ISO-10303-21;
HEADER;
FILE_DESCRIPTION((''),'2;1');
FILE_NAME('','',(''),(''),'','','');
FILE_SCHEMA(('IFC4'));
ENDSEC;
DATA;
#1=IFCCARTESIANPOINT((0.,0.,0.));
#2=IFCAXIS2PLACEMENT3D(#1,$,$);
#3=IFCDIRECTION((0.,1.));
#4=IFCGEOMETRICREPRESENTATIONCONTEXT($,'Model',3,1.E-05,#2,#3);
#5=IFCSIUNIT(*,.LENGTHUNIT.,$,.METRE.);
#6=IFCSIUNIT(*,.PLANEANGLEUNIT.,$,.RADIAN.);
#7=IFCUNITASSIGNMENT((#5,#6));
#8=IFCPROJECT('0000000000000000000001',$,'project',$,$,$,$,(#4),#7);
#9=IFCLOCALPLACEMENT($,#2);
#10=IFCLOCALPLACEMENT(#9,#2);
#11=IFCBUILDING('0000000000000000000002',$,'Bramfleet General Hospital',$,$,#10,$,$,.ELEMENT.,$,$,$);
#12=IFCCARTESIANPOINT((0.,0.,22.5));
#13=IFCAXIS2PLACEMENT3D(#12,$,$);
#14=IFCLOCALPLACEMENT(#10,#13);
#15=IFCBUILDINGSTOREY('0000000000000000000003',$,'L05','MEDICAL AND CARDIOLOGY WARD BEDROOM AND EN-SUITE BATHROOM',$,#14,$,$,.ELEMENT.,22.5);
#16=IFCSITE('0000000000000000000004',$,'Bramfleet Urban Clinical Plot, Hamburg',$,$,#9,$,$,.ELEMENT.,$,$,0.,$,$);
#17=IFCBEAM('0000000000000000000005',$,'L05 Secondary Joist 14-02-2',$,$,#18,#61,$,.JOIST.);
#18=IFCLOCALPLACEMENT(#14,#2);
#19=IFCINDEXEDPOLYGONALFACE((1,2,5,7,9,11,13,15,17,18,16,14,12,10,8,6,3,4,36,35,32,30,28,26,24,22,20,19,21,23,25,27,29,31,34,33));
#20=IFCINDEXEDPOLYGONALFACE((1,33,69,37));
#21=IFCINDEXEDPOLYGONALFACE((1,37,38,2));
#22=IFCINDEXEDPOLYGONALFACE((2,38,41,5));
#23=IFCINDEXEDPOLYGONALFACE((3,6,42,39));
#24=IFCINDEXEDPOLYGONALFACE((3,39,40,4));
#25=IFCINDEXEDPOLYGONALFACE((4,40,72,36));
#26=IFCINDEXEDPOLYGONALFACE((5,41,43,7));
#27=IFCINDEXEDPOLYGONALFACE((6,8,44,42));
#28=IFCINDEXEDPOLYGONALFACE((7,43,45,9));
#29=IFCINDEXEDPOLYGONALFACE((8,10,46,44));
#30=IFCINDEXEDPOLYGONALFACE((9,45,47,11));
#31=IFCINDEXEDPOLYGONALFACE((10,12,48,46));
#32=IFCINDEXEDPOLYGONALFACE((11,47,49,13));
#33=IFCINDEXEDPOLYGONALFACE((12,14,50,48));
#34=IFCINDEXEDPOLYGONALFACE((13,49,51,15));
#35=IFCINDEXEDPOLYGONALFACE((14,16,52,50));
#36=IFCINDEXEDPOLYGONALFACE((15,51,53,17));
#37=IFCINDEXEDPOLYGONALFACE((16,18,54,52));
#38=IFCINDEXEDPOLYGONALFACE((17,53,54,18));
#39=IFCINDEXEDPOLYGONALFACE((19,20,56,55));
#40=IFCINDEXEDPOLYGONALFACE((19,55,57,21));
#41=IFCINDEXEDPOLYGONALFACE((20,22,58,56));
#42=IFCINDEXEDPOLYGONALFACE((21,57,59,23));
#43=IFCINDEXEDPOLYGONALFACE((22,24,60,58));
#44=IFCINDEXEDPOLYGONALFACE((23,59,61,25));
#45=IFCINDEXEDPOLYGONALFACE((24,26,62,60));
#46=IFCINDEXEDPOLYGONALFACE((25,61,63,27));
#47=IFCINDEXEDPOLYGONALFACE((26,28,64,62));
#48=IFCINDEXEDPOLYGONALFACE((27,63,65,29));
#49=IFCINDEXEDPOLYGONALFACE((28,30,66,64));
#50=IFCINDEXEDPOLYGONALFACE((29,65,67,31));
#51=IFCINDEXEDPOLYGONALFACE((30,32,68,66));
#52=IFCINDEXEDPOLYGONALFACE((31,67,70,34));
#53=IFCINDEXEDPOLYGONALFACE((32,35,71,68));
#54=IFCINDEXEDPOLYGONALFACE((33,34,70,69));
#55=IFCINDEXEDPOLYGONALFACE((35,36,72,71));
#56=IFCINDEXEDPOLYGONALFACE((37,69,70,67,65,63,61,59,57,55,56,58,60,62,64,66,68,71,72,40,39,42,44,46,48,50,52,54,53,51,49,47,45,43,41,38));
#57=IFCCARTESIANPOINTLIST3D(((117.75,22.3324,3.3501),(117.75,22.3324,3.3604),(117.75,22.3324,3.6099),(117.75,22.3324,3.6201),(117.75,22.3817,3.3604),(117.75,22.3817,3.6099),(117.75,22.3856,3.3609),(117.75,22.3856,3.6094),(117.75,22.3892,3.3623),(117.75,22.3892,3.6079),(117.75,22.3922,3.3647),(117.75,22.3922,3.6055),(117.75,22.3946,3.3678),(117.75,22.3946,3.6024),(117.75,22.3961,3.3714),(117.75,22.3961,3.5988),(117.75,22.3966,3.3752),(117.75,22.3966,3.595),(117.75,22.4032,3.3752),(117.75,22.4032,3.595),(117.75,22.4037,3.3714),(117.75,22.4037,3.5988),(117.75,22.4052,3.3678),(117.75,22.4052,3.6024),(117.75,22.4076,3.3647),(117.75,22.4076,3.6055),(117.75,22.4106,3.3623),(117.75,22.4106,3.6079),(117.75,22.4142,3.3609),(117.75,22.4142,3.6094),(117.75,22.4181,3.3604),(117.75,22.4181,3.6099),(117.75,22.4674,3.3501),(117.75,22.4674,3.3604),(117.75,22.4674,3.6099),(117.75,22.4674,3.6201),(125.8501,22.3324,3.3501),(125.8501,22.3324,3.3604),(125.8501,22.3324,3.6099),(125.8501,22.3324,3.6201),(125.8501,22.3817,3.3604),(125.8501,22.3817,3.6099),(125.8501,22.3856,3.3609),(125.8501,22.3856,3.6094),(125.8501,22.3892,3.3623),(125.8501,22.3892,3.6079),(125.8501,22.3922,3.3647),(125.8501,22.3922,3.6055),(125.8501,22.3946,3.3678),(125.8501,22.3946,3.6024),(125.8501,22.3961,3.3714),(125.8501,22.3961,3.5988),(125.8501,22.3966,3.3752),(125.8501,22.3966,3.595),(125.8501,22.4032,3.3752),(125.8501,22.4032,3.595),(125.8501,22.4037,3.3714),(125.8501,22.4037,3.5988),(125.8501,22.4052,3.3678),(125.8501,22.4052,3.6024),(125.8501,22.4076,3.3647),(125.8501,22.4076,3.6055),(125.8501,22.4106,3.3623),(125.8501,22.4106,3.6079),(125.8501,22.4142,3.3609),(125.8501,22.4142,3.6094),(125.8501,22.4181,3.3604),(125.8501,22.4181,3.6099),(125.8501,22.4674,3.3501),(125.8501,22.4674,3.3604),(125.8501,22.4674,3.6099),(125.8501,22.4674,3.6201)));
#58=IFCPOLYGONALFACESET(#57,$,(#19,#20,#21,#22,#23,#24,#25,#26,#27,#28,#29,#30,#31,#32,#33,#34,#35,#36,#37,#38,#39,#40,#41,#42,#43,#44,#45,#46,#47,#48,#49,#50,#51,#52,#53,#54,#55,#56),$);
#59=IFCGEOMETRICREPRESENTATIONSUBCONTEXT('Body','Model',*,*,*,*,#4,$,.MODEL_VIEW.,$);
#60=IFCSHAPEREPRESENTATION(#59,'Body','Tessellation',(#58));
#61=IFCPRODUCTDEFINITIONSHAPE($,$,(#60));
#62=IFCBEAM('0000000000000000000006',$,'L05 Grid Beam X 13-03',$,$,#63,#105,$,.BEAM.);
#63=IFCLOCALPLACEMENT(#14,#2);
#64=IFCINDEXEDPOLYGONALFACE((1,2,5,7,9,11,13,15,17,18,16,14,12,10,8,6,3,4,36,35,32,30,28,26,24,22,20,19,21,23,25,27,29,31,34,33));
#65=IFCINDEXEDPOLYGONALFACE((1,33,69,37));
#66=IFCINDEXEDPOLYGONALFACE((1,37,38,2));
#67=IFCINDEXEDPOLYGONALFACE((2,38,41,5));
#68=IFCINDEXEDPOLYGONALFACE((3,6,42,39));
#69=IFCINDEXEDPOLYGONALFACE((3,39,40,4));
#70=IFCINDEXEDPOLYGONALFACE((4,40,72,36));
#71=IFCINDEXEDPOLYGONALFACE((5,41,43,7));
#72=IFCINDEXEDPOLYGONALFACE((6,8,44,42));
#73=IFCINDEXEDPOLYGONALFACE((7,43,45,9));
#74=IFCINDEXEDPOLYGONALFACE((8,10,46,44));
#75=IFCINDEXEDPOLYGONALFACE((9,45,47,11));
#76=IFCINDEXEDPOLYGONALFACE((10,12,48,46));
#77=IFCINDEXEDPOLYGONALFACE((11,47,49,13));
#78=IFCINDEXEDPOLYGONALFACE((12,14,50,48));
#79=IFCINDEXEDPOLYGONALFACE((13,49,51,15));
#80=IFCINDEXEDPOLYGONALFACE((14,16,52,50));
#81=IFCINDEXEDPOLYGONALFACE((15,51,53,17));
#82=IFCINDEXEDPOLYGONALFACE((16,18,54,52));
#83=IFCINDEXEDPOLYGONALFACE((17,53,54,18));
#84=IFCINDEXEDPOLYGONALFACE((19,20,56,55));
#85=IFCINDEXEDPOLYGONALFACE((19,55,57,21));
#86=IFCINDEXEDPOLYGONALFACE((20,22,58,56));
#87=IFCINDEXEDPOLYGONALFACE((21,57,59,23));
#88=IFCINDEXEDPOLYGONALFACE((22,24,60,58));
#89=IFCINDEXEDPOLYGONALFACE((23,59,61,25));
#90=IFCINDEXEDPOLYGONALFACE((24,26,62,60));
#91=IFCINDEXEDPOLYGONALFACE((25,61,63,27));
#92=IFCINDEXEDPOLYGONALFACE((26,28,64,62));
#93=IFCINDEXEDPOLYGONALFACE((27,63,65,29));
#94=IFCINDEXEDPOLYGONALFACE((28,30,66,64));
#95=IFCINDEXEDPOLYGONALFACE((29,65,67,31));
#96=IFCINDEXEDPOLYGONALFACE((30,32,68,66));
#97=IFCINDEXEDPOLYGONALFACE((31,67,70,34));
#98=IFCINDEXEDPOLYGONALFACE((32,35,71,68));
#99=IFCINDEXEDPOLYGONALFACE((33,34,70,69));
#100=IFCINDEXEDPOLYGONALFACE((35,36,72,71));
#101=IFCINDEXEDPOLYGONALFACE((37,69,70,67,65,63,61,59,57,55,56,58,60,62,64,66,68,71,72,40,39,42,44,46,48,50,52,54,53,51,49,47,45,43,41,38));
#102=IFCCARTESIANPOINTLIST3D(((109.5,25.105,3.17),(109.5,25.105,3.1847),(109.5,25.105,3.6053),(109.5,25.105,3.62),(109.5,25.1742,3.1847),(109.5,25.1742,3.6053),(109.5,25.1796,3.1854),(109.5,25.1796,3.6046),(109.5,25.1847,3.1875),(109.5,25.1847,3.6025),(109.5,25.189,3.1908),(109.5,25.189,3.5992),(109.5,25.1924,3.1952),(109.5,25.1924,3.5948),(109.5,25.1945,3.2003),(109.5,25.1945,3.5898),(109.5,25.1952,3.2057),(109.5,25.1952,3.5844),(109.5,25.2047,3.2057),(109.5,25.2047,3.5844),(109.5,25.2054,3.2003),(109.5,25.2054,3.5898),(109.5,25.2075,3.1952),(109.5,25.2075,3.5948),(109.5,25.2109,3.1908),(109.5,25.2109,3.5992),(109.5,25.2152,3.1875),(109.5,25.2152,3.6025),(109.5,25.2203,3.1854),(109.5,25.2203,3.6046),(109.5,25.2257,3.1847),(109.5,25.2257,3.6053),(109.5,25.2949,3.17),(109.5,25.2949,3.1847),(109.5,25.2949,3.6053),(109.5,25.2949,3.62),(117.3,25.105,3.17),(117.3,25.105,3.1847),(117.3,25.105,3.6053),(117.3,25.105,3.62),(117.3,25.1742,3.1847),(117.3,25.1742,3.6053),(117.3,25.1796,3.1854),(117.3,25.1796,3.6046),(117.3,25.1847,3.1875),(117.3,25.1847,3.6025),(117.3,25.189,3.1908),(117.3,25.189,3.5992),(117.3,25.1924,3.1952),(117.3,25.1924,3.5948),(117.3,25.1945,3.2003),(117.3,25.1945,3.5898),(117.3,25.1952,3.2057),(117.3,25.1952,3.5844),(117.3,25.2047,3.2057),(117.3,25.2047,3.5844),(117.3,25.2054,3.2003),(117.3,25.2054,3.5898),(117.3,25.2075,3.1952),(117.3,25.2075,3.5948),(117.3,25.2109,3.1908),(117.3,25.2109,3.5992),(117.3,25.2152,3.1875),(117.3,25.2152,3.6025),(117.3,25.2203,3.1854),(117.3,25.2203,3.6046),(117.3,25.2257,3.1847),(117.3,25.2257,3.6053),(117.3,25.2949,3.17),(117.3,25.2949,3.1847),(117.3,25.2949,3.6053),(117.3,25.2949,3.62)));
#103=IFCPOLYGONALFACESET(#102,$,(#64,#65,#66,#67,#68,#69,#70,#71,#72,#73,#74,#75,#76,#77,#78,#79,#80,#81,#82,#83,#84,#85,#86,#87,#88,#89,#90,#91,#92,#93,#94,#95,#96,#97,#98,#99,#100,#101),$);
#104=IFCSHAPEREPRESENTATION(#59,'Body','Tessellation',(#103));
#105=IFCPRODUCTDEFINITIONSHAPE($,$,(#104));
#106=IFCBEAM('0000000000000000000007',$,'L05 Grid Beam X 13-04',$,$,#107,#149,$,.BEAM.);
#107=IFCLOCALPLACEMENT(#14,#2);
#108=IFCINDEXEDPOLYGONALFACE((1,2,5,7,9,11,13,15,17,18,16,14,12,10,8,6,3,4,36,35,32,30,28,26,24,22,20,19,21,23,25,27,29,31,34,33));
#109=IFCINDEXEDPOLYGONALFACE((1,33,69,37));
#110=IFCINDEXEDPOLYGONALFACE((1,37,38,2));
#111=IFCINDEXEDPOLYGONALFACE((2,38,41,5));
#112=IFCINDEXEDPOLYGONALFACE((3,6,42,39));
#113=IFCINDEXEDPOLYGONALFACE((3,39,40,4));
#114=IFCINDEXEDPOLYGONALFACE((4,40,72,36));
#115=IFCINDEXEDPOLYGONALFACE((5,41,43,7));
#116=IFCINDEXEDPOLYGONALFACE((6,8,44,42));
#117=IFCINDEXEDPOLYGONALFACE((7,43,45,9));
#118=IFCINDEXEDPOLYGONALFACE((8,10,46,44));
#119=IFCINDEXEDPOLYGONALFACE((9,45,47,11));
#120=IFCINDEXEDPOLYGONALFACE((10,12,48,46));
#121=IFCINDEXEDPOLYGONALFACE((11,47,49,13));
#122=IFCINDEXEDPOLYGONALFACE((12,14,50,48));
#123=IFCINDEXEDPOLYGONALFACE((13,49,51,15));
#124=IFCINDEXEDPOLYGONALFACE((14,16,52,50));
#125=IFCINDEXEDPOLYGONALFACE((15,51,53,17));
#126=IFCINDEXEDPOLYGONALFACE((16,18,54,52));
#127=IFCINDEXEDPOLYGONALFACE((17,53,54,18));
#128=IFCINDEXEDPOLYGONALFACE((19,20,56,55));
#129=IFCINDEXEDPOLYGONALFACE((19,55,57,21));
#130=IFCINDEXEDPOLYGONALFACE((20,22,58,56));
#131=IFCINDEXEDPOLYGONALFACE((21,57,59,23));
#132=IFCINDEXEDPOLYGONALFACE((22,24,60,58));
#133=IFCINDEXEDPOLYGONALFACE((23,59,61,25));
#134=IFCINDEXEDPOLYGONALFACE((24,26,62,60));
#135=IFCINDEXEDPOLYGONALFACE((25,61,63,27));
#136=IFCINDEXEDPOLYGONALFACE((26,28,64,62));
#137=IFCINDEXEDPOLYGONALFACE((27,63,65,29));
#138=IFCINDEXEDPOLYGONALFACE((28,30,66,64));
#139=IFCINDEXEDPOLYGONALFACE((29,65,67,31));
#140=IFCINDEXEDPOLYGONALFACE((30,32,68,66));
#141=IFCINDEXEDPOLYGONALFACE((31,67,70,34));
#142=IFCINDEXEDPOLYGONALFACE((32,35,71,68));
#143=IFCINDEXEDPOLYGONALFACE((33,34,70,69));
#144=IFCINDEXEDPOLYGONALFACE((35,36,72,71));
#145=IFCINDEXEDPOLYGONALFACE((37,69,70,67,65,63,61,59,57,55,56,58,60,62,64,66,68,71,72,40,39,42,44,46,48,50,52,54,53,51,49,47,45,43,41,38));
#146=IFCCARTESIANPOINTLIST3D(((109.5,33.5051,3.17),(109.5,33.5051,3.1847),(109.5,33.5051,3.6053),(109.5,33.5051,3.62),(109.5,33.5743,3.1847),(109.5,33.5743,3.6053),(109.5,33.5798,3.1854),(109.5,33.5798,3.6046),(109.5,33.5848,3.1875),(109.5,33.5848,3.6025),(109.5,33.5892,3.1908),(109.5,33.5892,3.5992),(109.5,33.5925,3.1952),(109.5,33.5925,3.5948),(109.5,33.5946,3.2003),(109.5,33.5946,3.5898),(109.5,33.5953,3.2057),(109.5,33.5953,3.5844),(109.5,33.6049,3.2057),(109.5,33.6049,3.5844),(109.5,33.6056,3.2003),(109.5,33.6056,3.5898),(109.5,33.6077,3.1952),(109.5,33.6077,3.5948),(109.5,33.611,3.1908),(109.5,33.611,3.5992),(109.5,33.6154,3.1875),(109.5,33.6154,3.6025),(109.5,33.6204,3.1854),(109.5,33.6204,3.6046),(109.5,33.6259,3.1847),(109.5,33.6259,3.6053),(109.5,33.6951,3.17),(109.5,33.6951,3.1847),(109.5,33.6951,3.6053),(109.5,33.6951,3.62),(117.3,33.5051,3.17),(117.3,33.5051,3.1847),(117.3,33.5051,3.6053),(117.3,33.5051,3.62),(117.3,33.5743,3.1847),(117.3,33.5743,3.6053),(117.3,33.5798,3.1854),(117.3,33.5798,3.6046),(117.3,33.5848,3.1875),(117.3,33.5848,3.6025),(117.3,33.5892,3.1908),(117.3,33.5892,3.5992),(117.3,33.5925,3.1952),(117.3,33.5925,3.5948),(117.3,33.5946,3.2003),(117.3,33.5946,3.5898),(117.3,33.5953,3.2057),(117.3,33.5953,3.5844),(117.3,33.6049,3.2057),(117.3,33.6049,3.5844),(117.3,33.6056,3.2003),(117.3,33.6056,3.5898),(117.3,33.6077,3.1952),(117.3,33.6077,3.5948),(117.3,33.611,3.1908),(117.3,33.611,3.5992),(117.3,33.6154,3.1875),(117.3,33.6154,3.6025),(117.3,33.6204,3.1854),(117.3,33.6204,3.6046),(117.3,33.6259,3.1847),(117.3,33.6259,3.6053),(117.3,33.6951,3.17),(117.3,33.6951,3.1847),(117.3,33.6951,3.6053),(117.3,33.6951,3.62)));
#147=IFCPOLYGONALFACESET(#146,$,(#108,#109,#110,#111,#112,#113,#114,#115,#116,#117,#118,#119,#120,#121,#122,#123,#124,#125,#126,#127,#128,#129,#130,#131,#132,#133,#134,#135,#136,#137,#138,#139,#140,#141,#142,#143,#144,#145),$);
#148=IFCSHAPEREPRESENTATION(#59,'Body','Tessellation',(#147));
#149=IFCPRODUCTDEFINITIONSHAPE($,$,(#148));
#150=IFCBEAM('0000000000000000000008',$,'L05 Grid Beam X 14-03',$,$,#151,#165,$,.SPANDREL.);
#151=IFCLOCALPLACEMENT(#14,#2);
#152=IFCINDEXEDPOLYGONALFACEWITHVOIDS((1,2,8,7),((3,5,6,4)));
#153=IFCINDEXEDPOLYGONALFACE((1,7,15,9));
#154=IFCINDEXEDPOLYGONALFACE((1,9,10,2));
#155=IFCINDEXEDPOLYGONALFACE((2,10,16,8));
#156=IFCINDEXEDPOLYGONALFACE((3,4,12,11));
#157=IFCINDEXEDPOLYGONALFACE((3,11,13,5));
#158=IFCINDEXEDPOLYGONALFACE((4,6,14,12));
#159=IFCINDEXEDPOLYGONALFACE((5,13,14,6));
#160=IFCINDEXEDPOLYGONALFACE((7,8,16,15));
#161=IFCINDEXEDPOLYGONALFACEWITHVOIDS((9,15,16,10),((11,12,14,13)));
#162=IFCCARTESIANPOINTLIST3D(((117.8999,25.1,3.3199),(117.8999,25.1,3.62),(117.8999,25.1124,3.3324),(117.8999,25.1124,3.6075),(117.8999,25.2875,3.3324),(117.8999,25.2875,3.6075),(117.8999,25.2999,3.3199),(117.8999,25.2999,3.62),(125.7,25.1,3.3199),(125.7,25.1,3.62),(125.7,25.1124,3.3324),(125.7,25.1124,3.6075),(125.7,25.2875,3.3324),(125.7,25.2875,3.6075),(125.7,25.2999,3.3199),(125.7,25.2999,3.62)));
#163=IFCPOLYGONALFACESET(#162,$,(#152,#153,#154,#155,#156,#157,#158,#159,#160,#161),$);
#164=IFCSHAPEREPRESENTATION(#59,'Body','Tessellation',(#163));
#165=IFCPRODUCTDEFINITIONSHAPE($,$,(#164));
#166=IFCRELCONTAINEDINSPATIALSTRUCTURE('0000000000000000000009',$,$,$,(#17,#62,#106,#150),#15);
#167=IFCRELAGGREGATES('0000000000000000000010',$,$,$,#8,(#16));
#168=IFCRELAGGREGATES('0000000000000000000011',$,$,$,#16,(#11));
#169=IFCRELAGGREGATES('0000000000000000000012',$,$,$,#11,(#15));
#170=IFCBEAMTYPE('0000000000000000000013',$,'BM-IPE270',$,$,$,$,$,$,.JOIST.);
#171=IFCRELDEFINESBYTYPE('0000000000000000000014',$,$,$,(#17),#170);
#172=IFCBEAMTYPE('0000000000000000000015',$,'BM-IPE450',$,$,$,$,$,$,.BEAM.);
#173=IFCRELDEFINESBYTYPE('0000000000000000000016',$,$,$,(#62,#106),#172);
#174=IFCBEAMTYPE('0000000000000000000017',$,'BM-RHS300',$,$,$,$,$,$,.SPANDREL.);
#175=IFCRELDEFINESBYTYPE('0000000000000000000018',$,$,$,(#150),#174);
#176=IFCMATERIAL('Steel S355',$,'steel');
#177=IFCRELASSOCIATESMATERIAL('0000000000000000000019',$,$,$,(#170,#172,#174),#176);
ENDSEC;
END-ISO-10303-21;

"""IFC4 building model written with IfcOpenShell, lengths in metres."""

from ifc_helpers import new_model, si_unit, direction, frame, origin, origin_2d, place, context, subcontext, project, spatial, hollow_rectangle, i_section, extrude, material, material_profile, profile_set, type_object, element, save


model = new_model("IFC4")

# Units and contexts
model_context = context("Model", 3, precision=1e-05, world=origin(), true_north=direction((0.0, 1.0)))
body_context = subcontext(model_context, "Body", "Model", "MODEL_VIEW")
ifc_project = project(units=[si_unit("LENGTHUNIT", "METRE"), si_unit("PLANEANGLEUNIT", "RADIAN")], contexts=[model_context])

# Site, building, storey
site_placement = place(None, origin())
site = spatial("IfcSite", under=ifc_project, at=site_placement, Name="Bramfleet Urban Clinical Plot, Hamburg", CompositionType="ELEMENT", RefElevation=0.0)
building_placement = place(site_placement, origin())
building = spatial("IfcBuilding", under=site, at=building_placement, Name="Bramfleet General Hospital", CompositionType="ELEMENT")
storey_placement = place(building_placement, frame((0.0, 0.0, 22.5)))
storey = spatial("IfcBuildingStorey", under=building, at=storey_placement, Name="L05", Description="MEDICAL AND CARDIOLOGY WARD BEDROOM AND EN-SUITE BATHROOM", CompositionType="ELEMENT", Elevation=22.5)

# Beams
ifc_material_1 = material(Name="Steel S355", Category="steel")
ifc_material_profile_1 = material_profile(ifc_material_1, i_section(OverallWidth=0.135, OverallDepth=0.27, WebThickness=0.0066, FlangeThickness=0.0103, FilletRadius=0.0149, at=origin_2d()), Name="IPE 270")
ifc_profile_set_1 = profile_set([ifc_material_profile_1], Name="Steel S355")
beam_type_1 = type_object("IfcBeamType", Name="BM-IPE270", PredefinedType="JOIST", material=ifc_profile_set_1)
for number, where, z_axis, x_axis, name in (
    (1, (117.75, 22.3999, 3.4851), (1.0, 0.0, 0.0), (0.0, 1.0, 0.0), "L05 Secondary Joist 14-02-2"),
):
    element("IfcBeam", number, at=place(storey_placement, frame(where, z_axis=z_axis, x_axis=x_axis)), inside=storey, type_object=beam_type_1, Name=name, PredefinedType="JOIST", context=body_context, shape_type="SweptSolid", body=[
        extrude(i_section(OverallWidth=0.135, OverallDepth=0.27, WebThickness=0.0066, FlangeThickness=0.0103, FilletRadius=0.0149, at=origin_2d()), origin(), (0.0, 0.0, 1.0), 8.1001),
    ])
ifc_material_profile_2 = material_profile(ifc_material_1, i_section(OverallWidth=0.1899, OverallDepth=0.45, WebThickness=0.0095, FlangeThickness=0.0146, FilletRadius=0.021, at=origin_2d()), Name="IPE 450")
ifc_profile_set_2 = profile_set([ifc_material_profile_2], Name="Steel S355")
beam_type_2 = type_object("IfcBeamType", Name="BM-IPE450", PredefinedType="BEAM", material=ifc_profile_set_2)
for number, where, z_axis, x_axis, name in (
    (2, (109.5, 25.2, 3.395), (1.0, 0.0, 0.0), (0.0, 1.0, 0.0), "L05 Grid Beam X 13-03"),
    (3, (109.5, 33.6001, 3.395), (1.0, 0.0, 0.0), (0.0, 1.0, 0.0), "L05 Grid Beam X 13-04"),
):
    element("IfcBeam", number, at=place(storey_placement, frame(where, z_axis=z_axis, x_axis=x_axis)), inside=storey, type_object=beam_type_2, Name=name, PredefinedType="BEAM", context=body_context, shape_type="SweptSolid", body=[
        extrude(i_section(OverallWidth=0.1899, OverallDepth=0.45, WebThickness=0.0095, FlangeThickness=0.0146, FilletRadius=0.021, at=origin_2d()), origin(), (0.0, 0.0, 1.0), 7.8),
    ])
ifc_material_profile_3 = material_profile(ifc_material_1, hollow_rectangle(XDim=0.2, YDim=0.3, WallThickness=0.0125, at=origin_2d()), Name="RHS 300x200x12.5")
ifc_profile_set_3 = profile_set([ifc_material_profile_3], Name="Steel S355")
beam_type_3 = type_object("IfcBeamType", Name="BM-RHS300", PredefinedType="SPANDREL", material=ifc_profile_set_3)
beam_1_placement = place(storey_placement, frame((117.8999, 25.2, 3.47), z_axis=(1.0, 0.0, 0.0), x_axis=(0.0, 1.0, 0.0)))
element("IfcBeam", 4, at=beam_1_placement, inside=storey, type_object=beam_type_3, Name="L05 Grid Beam X 14-03", PredefinedType="SPANDREL", context=body_context, shape_type="SweptSolid", body=[
    extrude(hollow_rectangle(XDim=0.2, YDim=0.3, WallThickness=0.0125, at=origin_2d()), origin(), (0.0, 0.0, 1.0), 7.8),
])

save(model, "model.ifc")
